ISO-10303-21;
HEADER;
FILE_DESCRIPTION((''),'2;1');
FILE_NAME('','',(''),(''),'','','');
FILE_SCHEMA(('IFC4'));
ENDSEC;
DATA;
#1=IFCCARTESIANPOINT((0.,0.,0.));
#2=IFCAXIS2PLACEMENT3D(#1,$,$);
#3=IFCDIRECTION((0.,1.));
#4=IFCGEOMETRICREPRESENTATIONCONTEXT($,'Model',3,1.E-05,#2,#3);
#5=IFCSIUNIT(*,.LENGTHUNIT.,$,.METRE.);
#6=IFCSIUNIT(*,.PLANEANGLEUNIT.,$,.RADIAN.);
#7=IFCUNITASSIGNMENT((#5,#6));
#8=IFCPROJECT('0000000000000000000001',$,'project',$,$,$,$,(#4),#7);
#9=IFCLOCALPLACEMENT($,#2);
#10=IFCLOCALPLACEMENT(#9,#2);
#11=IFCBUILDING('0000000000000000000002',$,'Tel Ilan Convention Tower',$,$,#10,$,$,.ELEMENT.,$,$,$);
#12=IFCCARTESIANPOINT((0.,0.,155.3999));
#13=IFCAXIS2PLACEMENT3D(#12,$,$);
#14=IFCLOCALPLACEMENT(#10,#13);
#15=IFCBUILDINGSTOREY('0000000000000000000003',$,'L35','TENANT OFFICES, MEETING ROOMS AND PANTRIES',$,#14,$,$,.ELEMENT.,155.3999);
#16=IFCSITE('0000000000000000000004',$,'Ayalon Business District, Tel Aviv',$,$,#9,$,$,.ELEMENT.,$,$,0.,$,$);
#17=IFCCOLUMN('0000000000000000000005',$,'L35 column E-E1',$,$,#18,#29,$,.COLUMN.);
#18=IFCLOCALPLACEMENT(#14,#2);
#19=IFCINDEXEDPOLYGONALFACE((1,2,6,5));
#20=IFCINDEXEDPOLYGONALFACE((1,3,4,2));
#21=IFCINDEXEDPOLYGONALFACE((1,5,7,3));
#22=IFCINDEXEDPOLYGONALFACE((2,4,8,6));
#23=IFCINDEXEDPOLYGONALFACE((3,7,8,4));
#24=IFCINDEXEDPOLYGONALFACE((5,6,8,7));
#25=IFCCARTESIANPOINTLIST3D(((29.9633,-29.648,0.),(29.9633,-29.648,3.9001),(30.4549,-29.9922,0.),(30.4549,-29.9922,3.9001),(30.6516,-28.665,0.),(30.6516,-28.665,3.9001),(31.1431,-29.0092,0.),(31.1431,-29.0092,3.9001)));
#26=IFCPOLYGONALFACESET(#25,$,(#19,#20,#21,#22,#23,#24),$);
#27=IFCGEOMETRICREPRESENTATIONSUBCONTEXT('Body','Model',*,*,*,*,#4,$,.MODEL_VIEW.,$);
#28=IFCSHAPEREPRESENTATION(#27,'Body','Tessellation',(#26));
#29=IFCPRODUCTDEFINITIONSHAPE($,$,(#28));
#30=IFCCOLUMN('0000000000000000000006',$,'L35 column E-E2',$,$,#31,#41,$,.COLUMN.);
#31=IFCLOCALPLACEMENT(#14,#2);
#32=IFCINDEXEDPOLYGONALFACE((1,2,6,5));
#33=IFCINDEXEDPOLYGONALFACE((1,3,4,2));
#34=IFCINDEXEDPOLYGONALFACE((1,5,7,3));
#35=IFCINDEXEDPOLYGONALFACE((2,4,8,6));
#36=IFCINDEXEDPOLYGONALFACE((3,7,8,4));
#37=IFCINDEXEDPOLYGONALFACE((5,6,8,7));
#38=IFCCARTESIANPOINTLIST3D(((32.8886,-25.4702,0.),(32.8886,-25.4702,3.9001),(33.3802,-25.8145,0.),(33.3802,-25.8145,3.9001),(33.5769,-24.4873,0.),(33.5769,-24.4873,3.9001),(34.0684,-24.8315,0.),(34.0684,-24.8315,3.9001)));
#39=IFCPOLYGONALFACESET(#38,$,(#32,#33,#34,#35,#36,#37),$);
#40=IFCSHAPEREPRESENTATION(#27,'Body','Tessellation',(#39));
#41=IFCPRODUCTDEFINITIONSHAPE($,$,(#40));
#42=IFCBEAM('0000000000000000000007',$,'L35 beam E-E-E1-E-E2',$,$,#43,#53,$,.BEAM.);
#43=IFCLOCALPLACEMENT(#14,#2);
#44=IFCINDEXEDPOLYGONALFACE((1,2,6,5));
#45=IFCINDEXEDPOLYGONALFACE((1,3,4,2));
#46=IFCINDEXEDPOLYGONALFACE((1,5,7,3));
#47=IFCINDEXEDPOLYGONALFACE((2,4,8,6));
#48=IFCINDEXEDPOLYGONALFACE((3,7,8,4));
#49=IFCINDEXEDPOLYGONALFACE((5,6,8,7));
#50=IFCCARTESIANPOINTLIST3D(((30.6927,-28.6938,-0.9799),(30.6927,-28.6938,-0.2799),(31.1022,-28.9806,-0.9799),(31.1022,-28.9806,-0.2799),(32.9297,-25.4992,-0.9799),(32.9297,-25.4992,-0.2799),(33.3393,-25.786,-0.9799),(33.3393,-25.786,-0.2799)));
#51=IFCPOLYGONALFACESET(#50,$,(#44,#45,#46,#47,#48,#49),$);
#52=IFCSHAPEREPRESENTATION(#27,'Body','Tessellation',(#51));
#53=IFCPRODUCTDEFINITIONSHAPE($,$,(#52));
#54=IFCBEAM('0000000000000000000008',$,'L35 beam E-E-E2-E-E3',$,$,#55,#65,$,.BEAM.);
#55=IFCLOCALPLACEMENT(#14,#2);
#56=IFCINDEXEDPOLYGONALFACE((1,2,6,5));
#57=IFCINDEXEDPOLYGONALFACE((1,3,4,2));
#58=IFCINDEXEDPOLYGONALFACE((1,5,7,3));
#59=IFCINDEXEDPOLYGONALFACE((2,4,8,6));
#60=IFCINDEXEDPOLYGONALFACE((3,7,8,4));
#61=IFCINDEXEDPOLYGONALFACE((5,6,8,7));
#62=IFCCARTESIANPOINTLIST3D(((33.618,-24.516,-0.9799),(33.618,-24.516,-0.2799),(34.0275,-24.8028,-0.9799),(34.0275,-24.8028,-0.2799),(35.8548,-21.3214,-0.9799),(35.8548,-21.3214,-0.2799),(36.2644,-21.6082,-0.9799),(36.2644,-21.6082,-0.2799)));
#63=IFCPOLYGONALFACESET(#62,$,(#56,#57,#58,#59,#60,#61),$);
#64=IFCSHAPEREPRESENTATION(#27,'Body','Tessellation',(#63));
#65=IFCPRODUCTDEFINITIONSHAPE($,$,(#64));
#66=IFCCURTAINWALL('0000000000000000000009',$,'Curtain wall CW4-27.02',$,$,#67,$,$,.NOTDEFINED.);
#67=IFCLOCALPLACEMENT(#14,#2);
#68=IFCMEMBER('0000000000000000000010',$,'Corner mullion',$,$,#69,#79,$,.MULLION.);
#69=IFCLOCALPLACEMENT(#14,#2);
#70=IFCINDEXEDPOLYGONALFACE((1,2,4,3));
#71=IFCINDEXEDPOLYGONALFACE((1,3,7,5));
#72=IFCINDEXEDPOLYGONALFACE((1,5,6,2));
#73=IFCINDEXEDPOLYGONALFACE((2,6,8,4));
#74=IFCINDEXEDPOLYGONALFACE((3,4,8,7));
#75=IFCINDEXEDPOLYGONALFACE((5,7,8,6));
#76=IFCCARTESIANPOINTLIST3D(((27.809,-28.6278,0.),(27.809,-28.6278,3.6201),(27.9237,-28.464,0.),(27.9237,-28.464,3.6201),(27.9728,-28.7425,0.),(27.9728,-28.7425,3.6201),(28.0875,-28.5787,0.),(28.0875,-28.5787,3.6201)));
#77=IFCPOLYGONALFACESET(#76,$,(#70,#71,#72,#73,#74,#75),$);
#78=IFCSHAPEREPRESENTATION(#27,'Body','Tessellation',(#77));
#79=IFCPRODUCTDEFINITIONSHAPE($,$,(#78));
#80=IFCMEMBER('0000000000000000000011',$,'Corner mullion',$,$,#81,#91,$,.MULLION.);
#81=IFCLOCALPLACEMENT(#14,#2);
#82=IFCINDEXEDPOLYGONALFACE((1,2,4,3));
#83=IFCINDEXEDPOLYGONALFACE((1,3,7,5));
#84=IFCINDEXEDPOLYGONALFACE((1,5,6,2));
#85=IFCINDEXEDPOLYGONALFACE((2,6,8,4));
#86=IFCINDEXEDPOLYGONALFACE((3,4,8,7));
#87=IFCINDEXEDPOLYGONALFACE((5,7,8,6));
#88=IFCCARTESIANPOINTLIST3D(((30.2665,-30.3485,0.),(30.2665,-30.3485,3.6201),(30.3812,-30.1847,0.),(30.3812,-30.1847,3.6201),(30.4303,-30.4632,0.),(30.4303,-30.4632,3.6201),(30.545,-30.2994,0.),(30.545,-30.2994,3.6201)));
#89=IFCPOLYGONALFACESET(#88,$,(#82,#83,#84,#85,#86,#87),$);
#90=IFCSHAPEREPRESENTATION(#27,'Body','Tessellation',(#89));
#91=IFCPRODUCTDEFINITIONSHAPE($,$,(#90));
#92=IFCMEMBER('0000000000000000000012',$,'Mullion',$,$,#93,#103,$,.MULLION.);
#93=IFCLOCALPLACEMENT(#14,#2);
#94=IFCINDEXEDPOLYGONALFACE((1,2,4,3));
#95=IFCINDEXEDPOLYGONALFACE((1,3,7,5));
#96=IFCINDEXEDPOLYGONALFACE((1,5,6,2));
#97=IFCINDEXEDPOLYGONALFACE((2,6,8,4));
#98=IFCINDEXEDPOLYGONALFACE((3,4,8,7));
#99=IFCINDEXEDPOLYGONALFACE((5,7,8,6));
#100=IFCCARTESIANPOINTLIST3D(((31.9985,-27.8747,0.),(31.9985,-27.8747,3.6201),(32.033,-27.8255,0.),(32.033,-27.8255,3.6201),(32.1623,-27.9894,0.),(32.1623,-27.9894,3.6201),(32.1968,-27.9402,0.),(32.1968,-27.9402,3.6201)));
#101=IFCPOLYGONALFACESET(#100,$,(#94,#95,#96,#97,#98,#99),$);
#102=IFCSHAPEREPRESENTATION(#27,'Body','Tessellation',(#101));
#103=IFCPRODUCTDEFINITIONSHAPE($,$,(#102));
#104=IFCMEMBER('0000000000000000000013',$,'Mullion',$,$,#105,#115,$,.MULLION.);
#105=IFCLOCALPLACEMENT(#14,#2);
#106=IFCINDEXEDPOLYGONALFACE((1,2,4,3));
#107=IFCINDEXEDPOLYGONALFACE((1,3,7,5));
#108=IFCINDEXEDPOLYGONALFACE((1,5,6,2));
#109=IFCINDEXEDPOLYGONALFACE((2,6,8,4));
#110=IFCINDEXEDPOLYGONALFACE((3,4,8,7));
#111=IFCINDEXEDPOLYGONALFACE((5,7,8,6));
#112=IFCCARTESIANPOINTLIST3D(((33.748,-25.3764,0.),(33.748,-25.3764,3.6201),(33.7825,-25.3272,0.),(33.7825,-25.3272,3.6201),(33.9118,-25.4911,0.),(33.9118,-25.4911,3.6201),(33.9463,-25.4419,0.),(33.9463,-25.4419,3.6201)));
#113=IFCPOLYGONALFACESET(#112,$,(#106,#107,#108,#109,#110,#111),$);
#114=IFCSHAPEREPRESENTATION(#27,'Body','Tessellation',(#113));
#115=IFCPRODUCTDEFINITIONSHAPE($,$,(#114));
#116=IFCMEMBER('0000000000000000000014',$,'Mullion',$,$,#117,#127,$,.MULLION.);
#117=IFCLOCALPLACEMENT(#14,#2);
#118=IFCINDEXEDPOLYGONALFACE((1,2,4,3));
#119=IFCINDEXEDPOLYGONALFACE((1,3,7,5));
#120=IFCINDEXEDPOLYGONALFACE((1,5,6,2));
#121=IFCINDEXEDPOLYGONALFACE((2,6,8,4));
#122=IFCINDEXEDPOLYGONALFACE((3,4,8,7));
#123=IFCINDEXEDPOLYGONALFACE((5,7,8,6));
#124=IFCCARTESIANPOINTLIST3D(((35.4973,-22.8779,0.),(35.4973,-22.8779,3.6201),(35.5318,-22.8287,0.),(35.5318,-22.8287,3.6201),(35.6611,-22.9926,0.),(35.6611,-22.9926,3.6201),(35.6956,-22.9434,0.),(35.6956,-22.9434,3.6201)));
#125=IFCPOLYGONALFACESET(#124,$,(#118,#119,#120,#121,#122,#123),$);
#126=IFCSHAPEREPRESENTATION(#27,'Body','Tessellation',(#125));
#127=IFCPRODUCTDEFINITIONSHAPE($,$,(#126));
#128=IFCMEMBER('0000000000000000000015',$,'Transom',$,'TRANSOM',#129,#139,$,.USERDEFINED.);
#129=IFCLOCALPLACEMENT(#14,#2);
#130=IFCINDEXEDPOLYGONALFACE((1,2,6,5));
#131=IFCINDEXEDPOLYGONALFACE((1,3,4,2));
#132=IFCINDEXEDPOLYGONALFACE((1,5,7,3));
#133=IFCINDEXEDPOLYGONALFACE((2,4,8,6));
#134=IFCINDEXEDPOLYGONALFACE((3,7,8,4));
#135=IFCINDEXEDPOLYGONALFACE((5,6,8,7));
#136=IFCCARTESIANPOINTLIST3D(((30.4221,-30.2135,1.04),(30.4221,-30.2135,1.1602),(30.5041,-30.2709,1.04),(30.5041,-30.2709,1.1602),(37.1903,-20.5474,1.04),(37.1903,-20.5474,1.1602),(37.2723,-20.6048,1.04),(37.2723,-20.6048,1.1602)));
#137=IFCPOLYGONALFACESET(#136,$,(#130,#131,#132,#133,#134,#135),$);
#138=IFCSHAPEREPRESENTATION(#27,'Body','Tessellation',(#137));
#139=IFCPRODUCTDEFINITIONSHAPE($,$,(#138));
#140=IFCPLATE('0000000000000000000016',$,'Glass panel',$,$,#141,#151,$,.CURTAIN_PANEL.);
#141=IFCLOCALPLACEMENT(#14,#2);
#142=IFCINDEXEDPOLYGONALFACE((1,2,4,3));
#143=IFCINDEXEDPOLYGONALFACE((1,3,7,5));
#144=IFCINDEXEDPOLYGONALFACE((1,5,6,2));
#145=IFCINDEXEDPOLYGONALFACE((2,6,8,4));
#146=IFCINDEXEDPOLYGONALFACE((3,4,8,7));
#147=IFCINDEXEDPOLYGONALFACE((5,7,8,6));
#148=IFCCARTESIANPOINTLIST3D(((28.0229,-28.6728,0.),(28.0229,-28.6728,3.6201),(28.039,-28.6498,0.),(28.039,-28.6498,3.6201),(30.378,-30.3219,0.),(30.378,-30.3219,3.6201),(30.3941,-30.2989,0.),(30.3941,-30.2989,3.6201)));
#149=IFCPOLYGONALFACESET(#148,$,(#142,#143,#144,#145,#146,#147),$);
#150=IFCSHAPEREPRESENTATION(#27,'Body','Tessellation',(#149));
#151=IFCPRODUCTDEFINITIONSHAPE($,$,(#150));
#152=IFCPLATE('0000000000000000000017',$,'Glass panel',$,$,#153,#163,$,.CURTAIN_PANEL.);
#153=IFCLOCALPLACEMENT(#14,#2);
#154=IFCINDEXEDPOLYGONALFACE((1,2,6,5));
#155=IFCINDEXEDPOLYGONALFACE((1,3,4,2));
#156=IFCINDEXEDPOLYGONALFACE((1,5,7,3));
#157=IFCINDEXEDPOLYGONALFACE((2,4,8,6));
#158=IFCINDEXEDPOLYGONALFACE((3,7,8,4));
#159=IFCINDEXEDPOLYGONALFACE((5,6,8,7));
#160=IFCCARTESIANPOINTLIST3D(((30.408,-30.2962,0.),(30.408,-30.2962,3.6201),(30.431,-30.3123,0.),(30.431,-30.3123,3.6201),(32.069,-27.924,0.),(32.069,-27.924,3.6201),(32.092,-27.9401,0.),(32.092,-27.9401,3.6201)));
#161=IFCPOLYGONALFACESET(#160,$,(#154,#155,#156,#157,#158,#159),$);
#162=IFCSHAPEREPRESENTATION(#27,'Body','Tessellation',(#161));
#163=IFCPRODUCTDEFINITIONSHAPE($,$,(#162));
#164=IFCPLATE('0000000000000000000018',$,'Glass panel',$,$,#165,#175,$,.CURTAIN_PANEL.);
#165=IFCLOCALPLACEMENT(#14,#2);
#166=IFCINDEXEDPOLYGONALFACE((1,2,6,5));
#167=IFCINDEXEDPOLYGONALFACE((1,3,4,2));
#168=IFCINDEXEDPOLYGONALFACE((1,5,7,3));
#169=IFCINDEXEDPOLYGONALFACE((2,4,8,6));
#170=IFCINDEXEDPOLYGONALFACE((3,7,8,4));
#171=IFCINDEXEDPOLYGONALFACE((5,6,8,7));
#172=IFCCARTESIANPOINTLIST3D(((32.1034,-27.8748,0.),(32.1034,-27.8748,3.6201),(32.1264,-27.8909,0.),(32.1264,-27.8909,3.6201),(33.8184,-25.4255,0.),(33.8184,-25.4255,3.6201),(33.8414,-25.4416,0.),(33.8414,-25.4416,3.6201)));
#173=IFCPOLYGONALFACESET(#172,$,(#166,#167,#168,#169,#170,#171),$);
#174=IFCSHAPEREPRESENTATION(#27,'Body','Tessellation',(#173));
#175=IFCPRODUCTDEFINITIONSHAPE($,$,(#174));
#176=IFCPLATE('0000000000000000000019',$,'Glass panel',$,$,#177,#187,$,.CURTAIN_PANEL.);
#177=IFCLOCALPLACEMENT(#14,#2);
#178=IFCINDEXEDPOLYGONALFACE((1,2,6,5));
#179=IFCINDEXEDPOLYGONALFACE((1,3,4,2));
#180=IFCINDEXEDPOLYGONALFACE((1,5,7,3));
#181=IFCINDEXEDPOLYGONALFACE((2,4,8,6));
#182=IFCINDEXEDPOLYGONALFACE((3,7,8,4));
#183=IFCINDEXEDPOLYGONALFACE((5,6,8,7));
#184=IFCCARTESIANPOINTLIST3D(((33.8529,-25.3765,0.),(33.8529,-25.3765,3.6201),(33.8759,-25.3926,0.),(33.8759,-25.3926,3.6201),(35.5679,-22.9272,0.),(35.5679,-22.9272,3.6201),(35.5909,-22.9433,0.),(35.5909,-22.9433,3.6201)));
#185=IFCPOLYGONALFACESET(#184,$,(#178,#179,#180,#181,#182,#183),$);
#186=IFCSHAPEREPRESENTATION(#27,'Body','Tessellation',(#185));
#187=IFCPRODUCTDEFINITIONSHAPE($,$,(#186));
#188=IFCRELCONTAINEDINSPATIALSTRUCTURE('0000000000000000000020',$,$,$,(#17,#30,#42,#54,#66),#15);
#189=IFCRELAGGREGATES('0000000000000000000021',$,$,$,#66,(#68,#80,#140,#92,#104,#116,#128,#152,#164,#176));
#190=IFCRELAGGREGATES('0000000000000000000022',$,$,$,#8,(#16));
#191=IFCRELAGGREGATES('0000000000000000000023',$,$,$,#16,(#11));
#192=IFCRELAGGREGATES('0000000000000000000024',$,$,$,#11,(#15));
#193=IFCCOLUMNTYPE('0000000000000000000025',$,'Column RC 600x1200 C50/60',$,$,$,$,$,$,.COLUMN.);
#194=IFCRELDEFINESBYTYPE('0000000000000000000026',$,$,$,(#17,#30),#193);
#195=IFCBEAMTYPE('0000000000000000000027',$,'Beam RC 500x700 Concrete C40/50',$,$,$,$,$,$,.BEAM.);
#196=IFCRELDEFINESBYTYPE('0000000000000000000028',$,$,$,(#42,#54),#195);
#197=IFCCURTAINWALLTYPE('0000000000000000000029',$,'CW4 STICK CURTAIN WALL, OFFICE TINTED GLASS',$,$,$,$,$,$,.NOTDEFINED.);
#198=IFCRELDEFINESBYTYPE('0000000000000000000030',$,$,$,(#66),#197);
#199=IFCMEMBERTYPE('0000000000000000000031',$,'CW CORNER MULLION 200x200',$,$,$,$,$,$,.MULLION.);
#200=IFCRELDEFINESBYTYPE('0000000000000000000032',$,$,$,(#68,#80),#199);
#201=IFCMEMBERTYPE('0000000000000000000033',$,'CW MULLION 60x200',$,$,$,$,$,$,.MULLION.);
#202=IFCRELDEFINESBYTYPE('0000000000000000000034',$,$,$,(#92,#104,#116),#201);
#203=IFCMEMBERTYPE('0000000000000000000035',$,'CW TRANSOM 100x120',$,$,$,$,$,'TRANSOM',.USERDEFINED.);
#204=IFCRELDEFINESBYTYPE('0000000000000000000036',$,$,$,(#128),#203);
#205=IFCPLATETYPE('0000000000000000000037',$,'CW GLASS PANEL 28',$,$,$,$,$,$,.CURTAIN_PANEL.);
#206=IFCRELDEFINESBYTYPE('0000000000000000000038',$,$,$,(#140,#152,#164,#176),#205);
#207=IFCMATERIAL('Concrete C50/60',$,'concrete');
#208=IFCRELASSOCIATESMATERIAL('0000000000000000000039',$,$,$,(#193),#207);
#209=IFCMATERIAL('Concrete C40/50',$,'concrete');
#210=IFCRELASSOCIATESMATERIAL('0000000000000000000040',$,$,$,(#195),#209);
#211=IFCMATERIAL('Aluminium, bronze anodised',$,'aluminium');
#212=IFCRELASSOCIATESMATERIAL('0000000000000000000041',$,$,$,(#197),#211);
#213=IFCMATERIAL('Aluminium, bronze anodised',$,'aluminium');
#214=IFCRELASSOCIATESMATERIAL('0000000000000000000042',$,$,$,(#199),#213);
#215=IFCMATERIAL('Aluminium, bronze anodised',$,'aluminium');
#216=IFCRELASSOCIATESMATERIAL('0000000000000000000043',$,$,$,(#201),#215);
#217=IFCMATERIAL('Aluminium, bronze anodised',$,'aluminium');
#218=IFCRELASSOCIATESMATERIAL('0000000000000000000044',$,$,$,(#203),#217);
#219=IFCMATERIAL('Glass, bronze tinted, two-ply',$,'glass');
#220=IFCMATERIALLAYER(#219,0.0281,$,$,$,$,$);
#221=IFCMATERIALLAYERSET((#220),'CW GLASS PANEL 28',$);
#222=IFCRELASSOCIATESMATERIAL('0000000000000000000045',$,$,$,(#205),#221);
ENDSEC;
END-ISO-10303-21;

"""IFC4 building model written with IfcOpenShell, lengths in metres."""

from ifc_helpers import new_model, si_unit, direction, frame, origin, origin_2d, place, context, subcontext, project, spatial, rectangle, extrude, material, layer, layer_set, material_profile, profile_set, type_object, element, aggregate, save


model = new_model("IFC4")

# Units and contexts
model_context = context("Model", 3, precision=1e-05, world=origin(), true_north=direction((0.0, 1.0)))
body_context = subcontext(model_context, "Body", "Model", "MODEL_VIEW")
ifc_project = project(units=[si_unit("LENGTHUNIT", "METRE"), si_unit("PLANEANGLEUNIT", "RADIAN")], contexts=[model_context])

# Site, building, storey
site_placement = place(None, origin())
site = spatial("IfcSite", under=ifc_project, at=site_placement, Name="Ayalon Business District, Tel Aviv", CompositionType="ELEMENT", RefElevation=0.0)
building_placement = place(site_placement, origin())
building = spatial("IfcBuilding", under=site, at=building_placement, Name="Tel Ilan Convention Tower", CompositionType="ELEMENT")
storey_placement = place(building_placement, frame((0.0, 0.0, 155.3999)))
storey = spatial("IfcBuildingStorey", under=building, at=storey_placement, Name="L35", Description="TENANT OFFICES, MEETING ROOMS AND PANTRIES", CompositionType="ELEMENT", Elevation=155.3999)

# Columns
ifc_material_1 = material(Name="Concrete C50/60", Category="concrete")
ifc_material_profile_1 = material_profile(ifc_material_1, rectangle(XDim=1.2, YDim=0.6001, at=origin_2d()), Name="RC 600x1200")
ifc_profile_set_1 = profile_set([ifc_material_profile_1], Name="Concrete C50/60")
column_type = type_object("IfcColumnType", Name="Column RC 600x1200 C50/60", PredefinedType="COLUMN", material=ifc_profile_set_1)
for number, where, z_axis, x_axis, name in (
    (1, (30.5532, -29.3286, 0.0), (0.0, 0.0, 1.0), (0.573576, 0.819152, 0.0), "L35 column E-E1"),
    (2, (33.4785, -25.1509, 0.0), (0.0, 0.0, 1.0), (0.573576, 0.819152, 0.0), "L35 column E-E2"),
):
    element("IfcColumn", number, at=place(storey_placement, frame(where, z_axis=z_axis, x_axis=x_axis)), inside=storey, type_object=column_type, Name=name, PredefinedType="COLUMN", context=body_context, shape_type="SweptSolid", body=[
        extrude(rectangle(XDim=1.2, YDim=0.6001, at=origin_2d()), origin(), (0.0, 0.0, 1.0), 3.9001),
    ])

# Beams
ifc_material_2 = material(Name="Concrete C40/50", Category="concrete")
ifc_material_profile_2 = material_profile(ifc_material_2, rectangle(XDim=0.5, YDim=0.7, at=origin_2d()), Name="RC 500x700")
ifc_profile_set_2 = profile_set([ifc_material_profile_2], Name="Concrete C40/50")
beam_type = type_object("IfcBeamType", Name="Beam RC 500x700 Concrete C40/50", PredefinedType="BEAM", material=ifc_profile_set_2)
for number, where, z_axis, x_axis, name in (
    (3, (30.8975, -28.8372, -0.6299), (0.573609, 0.819129, 0.0), (-0.819129, 0.573609, 0.0), "L35 beam E-E-E1-E-E2"),
    (4, (33.8228, -24.6594, -0.6299), (0.573567, 0.819158, 0.0), (-0.819158, 0.573567, 0.0), "L35 beam E-E-E2-E-E3"),
):
    element("IfcBeam", number, at=place(storey_placement, frame(where, z_axis=z_axis, x_axis=x_axis)), inside=storey, type_object=beam_type, Name=name, PredefinedType="BEAM", context=body_context, shape_type="SweptSolid", body=[
        extrude(rectangle(XDim=0.5, YDim=0.7, at=origin_2d()), origin(), (0.0, 0.0, 1.0), 3.8999),
    ])

# Curtain wall, members, plates
ifc_material_3 = material(Name="Aluminium, bronze anodised", Category="aluminium")
curtain_wall_type = type_object("IfcCurtainWallType", Name="CW4 STICK CURTAIN WALL, OFFICE TINTED GLASS", PredefinedType="NOTDEFINED", material=ifc_material_3)
curtain_wall_placement = place(storey_placement, origin())
curtain_wall = element("IfcCurtainWall", 5, at=curtain_wall_placement, inside=storey, type_object=curtain_wall_type, Name="Curtain wall CW4-27.02", PredefinedType="NOTDEFINED")
ifc_material_4 = material(Name="Aluminium, bronze anodised", Category="aluminium")
ifc_material_profile_3 = material_profile(ifc_material_4, rectangle(XDim=0.2, YDim=0.2, at=origin_2d()), Name="CW CORNER MULLION 200x200")
ifc_profile_set_3 = profile_set([ifc_material_profile_3], Name="Aluminium, bronze anodised")
member_type_1 = type_object("IfcMemberType", Name="CW CORNER MULLION 200x200", PredefinedType="MULLION", material=ifc_profile_set_3)
member_1_placement = place(storey_placement, frame((27.9482, -28.6033, 0.0), z_axis=(0.0, 0.0, 1.0), x_axis=(0.573576, 0.819152, 0.0)))
member_1 = element("IfcMember", 6, at=member_1_placement, type_object=member_type_1, Name="Corner mullion", PredefinedType="MULLION", context=body_context, shape_type="SweptSolid", body=[
    extrude(rectangle(XDim=0.2, YDim=0.2, at=origin_2d()), origin(), (0.0, 0.0, 1.0), 3.6201),
])
member_2_placement = place(storey_placement, frame((30.4058, -30.324, 0.0), z_axis=(0.0, 0.0, 1.0), x_axis=(0.819152, -0.573576, 0.0)))
member_2 = element("IfcMember", 7, at=member_2_placement, type_object=member_type_1, Name="Corner mullion", PredefinedType="MULLION", context=body_context, shape_type="SweptSolid", body=[
    extrude(rectangle(XDim=0.2, YDim=0.2, at=origin_2d()), origin(), (0.0, 0.0, 1.0), 3.6201),
])
ifc_material_5 = material(Name="Aluminium, bronze anodised", Category="aluminium")
ifc_material_profile_4 = material_profile(ifc_material_5, rectangle(XDim=0.0601, YDim=0.2, at=origin_2d()), Name="CW MULLION 60x200")
ifc_profile_set_4 = profile_set([ifc_material_profile_4], Name="Aluminium, bronze anodised")
member_type_2 = type_object("IfcMemberType", Name="CW MULLION 60x200", PredefinedType="MULLION", material=ifc_profile_set_4)
member_3_placement = place(storey_placement, frame((32.0977, -27.9075, 0.0), z_axis=(0.0, 0.0, 1.0), x_axis=(0.573576, 0.819152, 0.0)))
member_3 = element("IfcMember", 8, at=member_3_placement, type_object=member_type_2, Name="Mullion", PredefinedType="MULLION", context=body_context, shape_type="SweptSolid", body=[
    extrude(rectangle(XDim=0.0601, YDim=0.2, at=origin_2d()), origin(), (0.0, 0.0, 1.0), 3.6201),
])
member_4_placement = place(storey_placement, frame((33.8472, -25.4092, 0.0), z_axis=(0.0, 0.0, 1.0), x_axis=(0.573576, 0.819152, 0.0)))
member_4 = element("IfcMember", 9, at=member_4_placement, type_object=member_type_2, Name="Mullion", PredefinedType="MULLION", context=body_context, shape_type="SweptSolid", body=[
    extrude(rectangle(XDim=0.0601, YDim=0.2, at=origin_2d()), origin(), (0.0, 0.0, 1.0), 3.6201),
])
member_5_placement = place(storey_placement, frame((35.5964, -22.9106, 0.0), z_axis=(0.0, 0.0, 1.0), x_axis=(0.573576, 0.819152, 0.0)))
member_5 = element("IfcMember", 10, at=member_5_placement, type_object=member_type_2, Name="Mullion", PredefinedType="MULLION", context=body_context, shape_type="SweptSolid", body=[
    extrude(rectangle(XDim=0.0601, YDim=0.2, at=origin_2d()), origin(), (0.0, 0.0, 1.0), 3.6201),
])
ifc_material_6 = material(Name="Aluminium, bronze anodised", Category="aluminium")
ifc_material_profile_5 = material_profile(ifc_material_6, rectangle(XDim=0.1001, YDim=0.1201, at=origin_2d()), Name="CW TRANSOM 100x120")
ifc_profile_set_5 = profile_set([ifc_material_profile_5], Name="Aluminium, bronze anodised")
member_type_3 = type_object("IfcMemberType", Name="CW TRANSOM 100x120", ElementType="TRANSOM", PredefinedType="USERDEFINED", material=ifc_profile_set_5)
member_6_placement = place(storey_placement, frame((30.4631, -30.2422, 1.1001), z_axis=(0.573568, 0.819158, 0.0), x_axis=(-0.819158, 0.573568, 0.0)))
member_6 = element("IfcMember", 11, at=member_6_placement, type_object=member_type_3, Name="Transom", ObjectType="TRANSOM", PredefinedType="USERDEFINED", context=body_context, shape_type="SweptSolid", body=[
    extrude(rectangle(XDim=0.1001, YDim=0.1201, at=origin_2d()), origin(), (0.0, 0.0, 1.0), 11.8),
])
ifc_material_7 = material(Name="Glass, bronze tinted, two-ply", Category="glass")
ifc_layer_1 = layer(ifc_material_7, 0.0281)
ifc_layer_set_1 = layer_set([ifc_layer_1], Name="CW GLASS PANEL 28")
plate_type = type_object("IfcPlateType", Name="CW GLASS PANEL 28", PredefinedType="CURTAIN_PANEL", material=ifc_layer_set_1)
plate_1_placement = place(storey_placement, frame((29.2085, -29.4858, 0.0), z_axis=(0.0, 0.0, 1.0), x_axis=(0.819152, -0.573576, 0.0)))
plate_1 = element("IfcPlate", 12, at=plate_1_placement, type_object=plate_type, Name="Glass panel", PredefinedType="CURTAIN_PANEL", context=body_context, shape_type="SweptSolid", body=[
    extrude(rectangle(XDim=2.875, YDim=0.0281, at=origin_2d()), origin(), (0.0, 0.0, 1.0), 3.6201),
])
plate_2_placement = place(storey_placement, frame((31.25, -29.1182, 0.0), z_axis=(0.0, 0.0, 1.0), x_axis=(0.573576, 0.819152, 0.0)))
plate_2 = element("IfcPlate", 13, at=plate_2_placement, type_object=plate_type, Name="Glass panel", PredefinedType="CURTAIN_PANEL", context=body_context, shape_type="SweptSolid", body=[
    extrude(rectangle(XDim=2.896, YDim=0.0281, at=origin_2d()), origin(), (0.0, 0.0, 1.0), 3.6201),
])
plate_3_placement = place(storey_placement, frame((32.9724, -26.6582, 0.0), z_axis=(0.0, 0.0, 1.0), x_axis=(0.573576, 0.819152, 0.0)))
plate_3 = element("IfcPlate", 14, at=plate_3_placement, type_object=plate_type, Name="Glass panel", PredefinedType="CURTAIN_PANEL", context=body_context, shape_type="SweptSolid", body=[
    extrude(rectangle(XDim=2.99, YDim=0.0281, at=origin_2d()), origin(), (0.0, 0.0, 1.0), 3.6201),
])
plate_4_placement = place(storey_placement, frame((34.7219, -24.1599, 0.0), z_axis=(0.0, 0.0, 1.0), x_axis=(0.573576, 0.819152, 0.0)))
plate_4 = element("IfcPlate", 15, at=plate_4_placement, type_object=plate_type, Name="Glass panel", PredefinedType="CURTAIN_PANEL", context=body_context, shape_type="SweptSolid", body=[
    extrude(rectangle(XDim=2.99, YDim=0.0281, at=origin_2d()), origin(), (0.0, 0.0, 1.0), 3.6201),
])
aggregate(curtain_wall, [member_1, member_2, plate_1, member_3, member_4, member_5, member_6, plate_2, plate_3, plate_4])

save(model, "model.ifc")
